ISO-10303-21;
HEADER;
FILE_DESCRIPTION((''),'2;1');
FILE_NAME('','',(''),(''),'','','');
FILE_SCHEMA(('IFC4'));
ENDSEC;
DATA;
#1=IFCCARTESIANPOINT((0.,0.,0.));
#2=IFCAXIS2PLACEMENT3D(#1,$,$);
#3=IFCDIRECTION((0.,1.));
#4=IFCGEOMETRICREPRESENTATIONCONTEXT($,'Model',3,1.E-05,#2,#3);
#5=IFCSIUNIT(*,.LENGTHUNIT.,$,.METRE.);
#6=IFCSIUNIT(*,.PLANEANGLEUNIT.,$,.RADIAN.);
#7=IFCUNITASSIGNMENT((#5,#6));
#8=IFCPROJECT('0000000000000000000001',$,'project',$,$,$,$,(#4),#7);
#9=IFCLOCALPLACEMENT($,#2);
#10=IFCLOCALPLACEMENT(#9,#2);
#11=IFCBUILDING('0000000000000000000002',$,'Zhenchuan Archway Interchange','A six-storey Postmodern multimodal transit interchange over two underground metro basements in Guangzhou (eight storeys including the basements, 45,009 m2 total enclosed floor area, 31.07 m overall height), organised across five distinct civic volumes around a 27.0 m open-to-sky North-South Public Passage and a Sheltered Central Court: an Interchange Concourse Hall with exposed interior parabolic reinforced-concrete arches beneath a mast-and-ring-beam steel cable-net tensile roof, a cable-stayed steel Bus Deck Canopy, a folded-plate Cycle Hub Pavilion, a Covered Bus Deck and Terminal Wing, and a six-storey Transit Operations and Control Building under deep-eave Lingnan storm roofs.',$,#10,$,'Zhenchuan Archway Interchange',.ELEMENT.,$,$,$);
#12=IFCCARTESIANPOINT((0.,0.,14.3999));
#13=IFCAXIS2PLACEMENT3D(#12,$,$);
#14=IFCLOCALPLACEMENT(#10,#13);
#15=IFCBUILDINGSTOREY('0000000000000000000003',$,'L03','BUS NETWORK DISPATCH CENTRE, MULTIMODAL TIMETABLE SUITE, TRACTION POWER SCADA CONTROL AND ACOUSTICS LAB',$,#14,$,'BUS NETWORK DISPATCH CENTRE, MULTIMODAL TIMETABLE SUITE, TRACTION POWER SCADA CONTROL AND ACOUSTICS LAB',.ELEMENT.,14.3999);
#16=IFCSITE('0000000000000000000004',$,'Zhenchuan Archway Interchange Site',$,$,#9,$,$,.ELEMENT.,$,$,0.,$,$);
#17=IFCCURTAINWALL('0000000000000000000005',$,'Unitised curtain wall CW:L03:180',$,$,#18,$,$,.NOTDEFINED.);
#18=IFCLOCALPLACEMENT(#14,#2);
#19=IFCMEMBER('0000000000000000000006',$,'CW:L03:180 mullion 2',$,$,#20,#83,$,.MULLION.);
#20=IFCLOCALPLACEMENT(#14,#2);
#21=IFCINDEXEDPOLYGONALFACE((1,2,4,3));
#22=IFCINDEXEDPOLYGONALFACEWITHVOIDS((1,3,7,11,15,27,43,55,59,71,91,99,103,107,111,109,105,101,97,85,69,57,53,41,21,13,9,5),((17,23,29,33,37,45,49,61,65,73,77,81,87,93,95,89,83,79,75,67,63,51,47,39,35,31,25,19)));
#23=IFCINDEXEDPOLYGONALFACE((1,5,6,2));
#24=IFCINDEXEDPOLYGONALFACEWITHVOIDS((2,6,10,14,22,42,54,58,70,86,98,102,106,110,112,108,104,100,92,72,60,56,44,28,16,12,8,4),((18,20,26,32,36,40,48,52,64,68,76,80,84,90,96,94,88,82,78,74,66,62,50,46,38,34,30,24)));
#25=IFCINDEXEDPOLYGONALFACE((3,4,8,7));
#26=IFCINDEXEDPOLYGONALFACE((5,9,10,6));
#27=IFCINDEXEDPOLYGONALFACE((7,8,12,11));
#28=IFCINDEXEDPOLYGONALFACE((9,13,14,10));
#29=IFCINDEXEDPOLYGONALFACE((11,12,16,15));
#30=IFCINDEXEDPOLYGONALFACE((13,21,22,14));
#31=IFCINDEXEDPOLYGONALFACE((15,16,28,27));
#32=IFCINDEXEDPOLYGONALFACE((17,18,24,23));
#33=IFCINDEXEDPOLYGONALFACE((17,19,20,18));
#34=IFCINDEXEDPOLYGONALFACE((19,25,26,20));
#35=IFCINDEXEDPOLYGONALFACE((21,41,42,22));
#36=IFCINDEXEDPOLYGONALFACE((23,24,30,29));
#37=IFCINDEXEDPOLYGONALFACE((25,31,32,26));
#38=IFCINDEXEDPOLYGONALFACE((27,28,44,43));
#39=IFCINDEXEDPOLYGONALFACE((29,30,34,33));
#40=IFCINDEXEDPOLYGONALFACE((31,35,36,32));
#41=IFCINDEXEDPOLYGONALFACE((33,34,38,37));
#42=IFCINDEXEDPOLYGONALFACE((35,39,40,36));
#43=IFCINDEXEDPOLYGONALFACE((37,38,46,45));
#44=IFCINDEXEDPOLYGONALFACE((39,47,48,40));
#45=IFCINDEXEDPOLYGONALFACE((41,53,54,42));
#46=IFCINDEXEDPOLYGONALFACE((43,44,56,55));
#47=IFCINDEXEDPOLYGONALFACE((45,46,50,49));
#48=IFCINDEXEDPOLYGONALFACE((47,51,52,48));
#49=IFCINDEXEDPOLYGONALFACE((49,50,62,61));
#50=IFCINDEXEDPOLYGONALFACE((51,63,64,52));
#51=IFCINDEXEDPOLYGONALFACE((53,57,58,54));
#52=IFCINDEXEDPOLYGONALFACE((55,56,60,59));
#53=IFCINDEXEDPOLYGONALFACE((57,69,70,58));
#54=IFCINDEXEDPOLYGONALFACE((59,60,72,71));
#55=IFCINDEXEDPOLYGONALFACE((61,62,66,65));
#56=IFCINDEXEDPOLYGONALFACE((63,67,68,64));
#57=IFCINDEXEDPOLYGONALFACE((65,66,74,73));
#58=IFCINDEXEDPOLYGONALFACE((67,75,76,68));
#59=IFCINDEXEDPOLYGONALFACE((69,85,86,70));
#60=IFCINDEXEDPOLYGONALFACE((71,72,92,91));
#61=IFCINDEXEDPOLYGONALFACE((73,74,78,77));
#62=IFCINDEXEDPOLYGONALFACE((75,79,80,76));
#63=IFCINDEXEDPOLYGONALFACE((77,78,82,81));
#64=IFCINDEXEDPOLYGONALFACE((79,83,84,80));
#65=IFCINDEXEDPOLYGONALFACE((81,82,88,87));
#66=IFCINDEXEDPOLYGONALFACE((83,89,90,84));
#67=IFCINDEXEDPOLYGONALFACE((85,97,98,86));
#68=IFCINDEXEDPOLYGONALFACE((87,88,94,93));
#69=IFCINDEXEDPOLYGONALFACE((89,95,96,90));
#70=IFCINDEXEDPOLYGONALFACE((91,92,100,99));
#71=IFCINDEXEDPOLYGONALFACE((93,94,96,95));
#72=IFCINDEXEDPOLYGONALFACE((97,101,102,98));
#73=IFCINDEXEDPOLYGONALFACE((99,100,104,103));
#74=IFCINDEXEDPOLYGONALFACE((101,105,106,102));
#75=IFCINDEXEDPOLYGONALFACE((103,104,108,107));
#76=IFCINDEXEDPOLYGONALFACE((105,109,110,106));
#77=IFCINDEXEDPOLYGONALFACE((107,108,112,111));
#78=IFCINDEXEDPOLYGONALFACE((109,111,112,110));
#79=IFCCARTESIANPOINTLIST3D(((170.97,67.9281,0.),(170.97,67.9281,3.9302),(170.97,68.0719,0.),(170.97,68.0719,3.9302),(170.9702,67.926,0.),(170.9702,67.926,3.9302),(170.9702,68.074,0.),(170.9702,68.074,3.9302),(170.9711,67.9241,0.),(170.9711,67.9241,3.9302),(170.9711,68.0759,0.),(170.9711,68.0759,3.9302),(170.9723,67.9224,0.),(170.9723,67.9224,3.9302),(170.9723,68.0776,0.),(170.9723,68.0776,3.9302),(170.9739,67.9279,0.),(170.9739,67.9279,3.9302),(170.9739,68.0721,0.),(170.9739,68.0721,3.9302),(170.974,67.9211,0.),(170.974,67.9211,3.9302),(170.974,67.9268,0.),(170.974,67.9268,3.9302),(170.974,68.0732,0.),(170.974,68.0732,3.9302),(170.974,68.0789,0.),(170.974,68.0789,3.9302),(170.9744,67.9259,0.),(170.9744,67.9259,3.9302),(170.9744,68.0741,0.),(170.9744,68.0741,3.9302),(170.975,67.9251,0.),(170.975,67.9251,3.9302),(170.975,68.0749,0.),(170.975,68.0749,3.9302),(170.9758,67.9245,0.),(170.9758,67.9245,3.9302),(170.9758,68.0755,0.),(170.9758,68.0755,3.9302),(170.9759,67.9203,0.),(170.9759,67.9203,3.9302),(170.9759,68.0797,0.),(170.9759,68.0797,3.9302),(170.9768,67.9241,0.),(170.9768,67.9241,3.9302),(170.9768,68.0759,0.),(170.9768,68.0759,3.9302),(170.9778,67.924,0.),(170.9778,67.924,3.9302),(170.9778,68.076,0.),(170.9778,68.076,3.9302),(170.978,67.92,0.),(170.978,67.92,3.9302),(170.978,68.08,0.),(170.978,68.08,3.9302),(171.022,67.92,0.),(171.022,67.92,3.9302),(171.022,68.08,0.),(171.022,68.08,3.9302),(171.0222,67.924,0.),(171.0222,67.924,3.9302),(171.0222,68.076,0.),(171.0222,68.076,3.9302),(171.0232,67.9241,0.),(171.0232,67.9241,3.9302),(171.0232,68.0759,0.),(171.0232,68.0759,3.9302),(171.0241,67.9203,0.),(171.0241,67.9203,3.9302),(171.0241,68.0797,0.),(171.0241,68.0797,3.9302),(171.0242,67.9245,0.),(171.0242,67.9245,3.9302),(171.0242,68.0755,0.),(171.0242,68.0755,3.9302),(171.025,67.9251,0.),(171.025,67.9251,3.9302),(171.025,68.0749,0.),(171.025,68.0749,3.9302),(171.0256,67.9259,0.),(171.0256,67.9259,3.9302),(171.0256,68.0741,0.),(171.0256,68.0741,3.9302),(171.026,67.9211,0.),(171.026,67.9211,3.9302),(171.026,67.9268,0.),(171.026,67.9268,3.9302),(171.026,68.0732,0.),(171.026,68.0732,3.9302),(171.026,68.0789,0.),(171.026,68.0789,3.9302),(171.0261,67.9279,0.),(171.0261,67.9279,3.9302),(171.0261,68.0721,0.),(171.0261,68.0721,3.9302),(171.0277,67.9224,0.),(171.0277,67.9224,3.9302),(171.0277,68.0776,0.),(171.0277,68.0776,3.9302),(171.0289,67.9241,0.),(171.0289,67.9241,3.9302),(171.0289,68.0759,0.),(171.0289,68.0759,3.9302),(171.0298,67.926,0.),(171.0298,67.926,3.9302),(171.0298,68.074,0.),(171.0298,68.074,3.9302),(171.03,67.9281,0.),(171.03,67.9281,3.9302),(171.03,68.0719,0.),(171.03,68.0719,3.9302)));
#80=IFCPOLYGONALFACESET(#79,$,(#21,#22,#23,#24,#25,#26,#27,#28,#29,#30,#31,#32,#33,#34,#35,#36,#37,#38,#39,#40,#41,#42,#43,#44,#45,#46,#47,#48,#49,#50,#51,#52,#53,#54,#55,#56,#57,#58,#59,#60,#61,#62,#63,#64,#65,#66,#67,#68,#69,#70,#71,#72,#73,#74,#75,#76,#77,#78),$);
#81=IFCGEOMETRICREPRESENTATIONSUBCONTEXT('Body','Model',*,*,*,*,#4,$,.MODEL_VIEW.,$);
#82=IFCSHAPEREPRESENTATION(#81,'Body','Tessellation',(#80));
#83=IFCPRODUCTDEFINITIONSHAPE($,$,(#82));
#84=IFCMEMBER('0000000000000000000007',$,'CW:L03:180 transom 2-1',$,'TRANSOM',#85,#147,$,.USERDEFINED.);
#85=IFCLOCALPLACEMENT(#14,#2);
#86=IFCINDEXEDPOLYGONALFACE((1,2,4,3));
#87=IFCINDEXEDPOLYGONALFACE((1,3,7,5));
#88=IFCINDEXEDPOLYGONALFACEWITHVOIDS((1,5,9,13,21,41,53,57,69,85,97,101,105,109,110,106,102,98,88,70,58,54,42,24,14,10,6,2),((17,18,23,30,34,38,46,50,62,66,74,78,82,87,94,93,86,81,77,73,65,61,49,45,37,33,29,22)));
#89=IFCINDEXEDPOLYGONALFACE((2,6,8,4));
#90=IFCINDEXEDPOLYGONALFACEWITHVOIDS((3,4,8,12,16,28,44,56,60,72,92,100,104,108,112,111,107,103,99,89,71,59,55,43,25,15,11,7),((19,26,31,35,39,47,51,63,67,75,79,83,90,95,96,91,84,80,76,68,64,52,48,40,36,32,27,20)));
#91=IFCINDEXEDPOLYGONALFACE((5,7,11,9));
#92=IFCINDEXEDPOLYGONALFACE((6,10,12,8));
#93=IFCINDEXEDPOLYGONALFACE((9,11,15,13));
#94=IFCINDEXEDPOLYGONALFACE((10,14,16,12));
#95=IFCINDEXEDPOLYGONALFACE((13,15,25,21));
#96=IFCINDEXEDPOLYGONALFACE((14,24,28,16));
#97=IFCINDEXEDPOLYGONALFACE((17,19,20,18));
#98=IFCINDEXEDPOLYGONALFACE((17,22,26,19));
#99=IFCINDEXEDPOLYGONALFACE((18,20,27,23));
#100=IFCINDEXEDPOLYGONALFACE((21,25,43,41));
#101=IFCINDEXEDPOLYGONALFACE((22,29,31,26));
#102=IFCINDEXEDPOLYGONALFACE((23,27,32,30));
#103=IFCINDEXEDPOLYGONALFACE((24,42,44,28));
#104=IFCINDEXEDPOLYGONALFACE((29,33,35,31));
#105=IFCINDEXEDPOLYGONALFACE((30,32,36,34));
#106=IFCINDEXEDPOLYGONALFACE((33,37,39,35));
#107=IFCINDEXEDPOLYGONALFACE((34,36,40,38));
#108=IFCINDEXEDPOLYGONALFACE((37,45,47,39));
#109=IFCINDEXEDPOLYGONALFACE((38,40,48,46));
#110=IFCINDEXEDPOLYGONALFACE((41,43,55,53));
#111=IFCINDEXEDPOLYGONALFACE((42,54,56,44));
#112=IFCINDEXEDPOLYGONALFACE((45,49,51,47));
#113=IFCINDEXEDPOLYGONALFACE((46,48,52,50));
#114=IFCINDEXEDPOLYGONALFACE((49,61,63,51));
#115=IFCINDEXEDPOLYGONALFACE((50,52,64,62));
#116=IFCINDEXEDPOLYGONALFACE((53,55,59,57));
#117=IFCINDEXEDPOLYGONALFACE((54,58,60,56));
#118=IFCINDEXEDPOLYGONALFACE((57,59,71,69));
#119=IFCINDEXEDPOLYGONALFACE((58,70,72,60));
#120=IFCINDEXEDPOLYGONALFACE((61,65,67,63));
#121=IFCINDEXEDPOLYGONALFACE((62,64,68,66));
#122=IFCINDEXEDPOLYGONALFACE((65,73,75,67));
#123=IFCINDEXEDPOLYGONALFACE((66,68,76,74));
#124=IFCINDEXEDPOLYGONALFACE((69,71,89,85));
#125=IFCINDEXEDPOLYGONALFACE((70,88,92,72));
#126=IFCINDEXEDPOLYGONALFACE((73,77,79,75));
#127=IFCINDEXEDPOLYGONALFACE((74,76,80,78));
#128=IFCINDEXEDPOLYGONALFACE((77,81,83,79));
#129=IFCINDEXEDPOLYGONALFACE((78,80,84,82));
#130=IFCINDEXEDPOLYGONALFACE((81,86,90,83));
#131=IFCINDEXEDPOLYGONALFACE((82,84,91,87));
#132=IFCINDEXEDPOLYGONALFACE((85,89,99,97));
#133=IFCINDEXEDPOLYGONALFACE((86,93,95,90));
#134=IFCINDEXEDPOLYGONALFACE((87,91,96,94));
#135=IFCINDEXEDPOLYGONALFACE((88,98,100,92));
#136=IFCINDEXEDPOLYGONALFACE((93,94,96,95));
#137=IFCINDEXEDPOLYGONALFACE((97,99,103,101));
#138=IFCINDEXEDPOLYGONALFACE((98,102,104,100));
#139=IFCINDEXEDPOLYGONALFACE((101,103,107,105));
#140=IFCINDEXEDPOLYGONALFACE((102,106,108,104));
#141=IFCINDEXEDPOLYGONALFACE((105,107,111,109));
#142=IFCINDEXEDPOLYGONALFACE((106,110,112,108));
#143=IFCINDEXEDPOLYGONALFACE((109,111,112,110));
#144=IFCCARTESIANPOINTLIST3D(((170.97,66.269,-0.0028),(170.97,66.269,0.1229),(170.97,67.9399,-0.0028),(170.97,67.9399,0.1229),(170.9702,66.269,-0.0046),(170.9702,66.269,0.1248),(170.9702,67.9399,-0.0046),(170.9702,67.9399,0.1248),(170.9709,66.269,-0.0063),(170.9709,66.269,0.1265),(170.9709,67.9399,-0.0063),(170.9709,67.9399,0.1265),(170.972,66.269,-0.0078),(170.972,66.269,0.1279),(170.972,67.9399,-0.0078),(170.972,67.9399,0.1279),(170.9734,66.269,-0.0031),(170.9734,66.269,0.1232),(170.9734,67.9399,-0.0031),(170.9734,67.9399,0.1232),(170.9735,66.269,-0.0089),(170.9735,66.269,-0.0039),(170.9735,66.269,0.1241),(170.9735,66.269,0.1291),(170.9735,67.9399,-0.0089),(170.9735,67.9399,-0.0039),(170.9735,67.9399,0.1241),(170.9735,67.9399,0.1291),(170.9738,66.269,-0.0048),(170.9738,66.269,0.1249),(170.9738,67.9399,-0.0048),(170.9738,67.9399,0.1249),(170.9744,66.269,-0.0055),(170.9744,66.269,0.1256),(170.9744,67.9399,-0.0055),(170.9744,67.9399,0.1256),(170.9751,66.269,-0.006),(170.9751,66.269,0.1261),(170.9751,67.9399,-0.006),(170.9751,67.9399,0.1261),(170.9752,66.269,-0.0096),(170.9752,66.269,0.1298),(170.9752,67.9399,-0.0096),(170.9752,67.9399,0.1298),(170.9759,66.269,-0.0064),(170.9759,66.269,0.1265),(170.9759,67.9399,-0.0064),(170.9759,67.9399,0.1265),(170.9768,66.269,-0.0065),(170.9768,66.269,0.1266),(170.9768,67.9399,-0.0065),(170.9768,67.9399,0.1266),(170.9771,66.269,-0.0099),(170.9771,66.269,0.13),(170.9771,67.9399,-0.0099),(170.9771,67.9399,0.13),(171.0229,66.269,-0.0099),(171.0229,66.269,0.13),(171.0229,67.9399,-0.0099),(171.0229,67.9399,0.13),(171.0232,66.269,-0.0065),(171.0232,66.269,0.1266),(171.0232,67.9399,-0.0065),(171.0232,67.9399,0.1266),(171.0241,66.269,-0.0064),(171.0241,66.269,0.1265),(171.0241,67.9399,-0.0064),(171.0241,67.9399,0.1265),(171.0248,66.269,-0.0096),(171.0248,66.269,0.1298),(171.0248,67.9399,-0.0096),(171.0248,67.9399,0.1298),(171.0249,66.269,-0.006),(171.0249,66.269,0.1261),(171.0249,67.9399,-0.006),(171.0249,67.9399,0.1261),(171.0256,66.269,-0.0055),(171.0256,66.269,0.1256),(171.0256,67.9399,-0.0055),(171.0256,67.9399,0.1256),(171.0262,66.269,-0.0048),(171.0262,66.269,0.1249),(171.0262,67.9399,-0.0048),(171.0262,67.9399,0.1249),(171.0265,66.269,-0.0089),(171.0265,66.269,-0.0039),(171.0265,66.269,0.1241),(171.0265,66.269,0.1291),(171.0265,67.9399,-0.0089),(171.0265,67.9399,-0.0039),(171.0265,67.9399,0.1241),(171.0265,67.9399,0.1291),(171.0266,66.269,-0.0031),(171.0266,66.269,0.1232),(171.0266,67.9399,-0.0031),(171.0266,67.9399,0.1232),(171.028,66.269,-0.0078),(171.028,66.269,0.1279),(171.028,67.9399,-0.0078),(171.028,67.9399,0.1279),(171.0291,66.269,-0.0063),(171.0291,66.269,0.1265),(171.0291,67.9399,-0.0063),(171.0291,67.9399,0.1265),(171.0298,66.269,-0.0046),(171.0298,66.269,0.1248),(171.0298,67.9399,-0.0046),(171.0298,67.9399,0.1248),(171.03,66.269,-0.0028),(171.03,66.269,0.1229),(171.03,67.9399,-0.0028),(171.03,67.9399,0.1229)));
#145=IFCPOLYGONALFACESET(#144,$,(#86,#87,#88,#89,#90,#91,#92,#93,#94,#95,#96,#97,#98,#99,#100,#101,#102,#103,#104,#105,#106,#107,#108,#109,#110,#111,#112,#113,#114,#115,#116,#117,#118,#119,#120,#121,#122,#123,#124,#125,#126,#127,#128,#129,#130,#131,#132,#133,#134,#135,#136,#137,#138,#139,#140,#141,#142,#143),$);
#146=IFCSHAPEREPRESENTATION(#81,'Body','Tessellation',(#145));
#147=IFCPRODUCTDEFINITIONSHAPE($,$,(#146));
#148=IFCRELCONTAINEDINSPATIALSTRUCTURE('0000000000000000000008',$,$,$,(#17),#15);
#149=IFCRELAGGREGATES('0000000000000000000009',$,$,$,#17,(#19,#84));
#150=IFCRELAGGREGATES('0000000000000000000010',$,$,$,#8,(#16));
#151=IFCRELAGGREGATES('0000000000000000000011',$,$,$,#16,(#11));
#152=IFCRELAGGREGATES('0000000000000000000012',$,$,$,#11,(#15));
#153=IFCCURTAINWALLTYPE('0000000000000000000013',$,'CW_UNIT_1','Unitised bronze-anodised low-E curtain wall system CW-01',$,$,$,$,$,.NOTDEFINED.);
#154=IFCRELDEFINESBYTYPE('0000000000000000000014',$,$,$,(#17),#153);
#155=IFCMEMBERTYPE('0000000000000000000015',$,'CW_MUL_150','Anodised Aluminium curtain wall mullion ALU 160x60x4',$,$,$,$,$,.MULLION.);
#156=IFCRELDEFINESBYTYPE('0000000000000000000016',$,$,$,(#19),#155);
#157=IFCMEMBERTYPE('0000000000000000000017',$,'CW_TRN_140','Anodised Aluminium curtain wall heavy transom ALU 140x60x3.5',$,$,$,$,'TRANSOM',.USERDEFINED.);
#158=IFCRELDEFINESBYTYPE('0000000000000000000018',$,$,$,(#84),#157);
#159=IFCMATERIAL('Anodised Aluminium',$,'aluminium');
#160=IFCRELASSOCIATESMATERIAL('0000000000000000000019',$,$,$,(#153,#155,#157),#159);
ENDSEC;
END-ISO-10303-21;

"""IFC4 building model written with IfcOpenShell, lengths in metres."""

from ifc_helpers import new_model, si_unit, direction, frame, origin, origin_2d, place, context, subcontext, project, spatial, hollow_rectangle, extrude, material, material_profile, profile_set, type_object, element, aggregate, save


model = new_model("IFC4")

# Units and contexts
model_context = context("Model", 3, precision=1e-05, world=origin(), true_north=direction((0.0, 1.0)))
body_context = subcontext(model_context, "Body", "Model", "MODEL_VIEW")
ifc_project = project(units=[si_unit("LENGTHUNIT", "METRE"), si_unit("PLANEANGLEUNIT", "RADIAN")], contexts=[model_context])

# Site, building, storey
site_placement = place(None, origin())
site = spatial("IfcSite", under=ifc_project, at=site_placement, Name="Zhenchuan Archway Interchange Site", CompositionType="ELEMENT", RefElevation=0.0)
building_placement = place(site_placement, origin())
building = spatial("IfcBuilding", under=site, at=building_placement, Name="Zhenchuan Archway Interchange", Description="A six-storey Postmodern multimodal transit interchange over two underground metro basements in Guangzhou (eight storeys including the basements, 45,009 m2 total enclosed floor area, 31.07 m overall height), organised across five distinct civic volumes around a 27.0 m open-to-sky North-South Public Passage and a Sheltered Central Court: an Interchange Concourse Hall with exposed interior parabolic reinforced-concrete arches beneath a mast-and-ring-beam steel cable-net tensile roof, a cable-stayed steel Bus Deck Canopy, a folded-plate Cycle Hub Pavilion, a Covered Bus Deck and Terminal Wing, and a six-storey Transit Operations and Control Building under deep-eave Lingnan storm roofs.", LongName="Zhenchuan Archway Interchange", CompositionType="ELEMENT")
storey_placement = place(building_placement, frame((0.0, 0.0, 14.3999)))
storey = spatial("IfcBuildingStorey", under=building, at=storey_placement, Name="L03", Description="BUS NETWORK DISPATCH CENTRE, MULTIMODAL TIMETABLE SUITE, TRACTION POWER SCADA CONTROL AND ACOUSTICS LAB", LongName="BUS NETWORK DISPATCH CENTRE, MULTIMODAL TIMETABLE SUITE, TRACTION POWER SCADA CONTROL AND ACOUSTICS LAB", CompositionType="ELEMENT", Elevation=14.3999)

# Curtain wall, members
ifc_material_1 = material(Name="Anodised Aluminium", Category="aluminium")
curtain_wall_type_1 = type_object("IfcCurtainWallType", Name="CW_UNIT_1", Description="Unitised bronze-anodised low-E curtain wall system CW-01", PredefinedType="NOTDEFINED", material=ifc_material_1)
curtain_wall_1_placement = place(storey_placement, origin())
curtain_wall_1 = element("IfcCurtainWall", 1, at=curtain_wall_1_placement, inside=storey, type_object=curtain_wall_type_1, Name="Unitised curtain wall CW:L03:180", PredefinedType="NOTDEFINED")
ifc_material_profile_1 = material_profile(ifc_material_1, hollow_rectangle(XDim=0.0601, YDim=0.1599, WallThickness=0.0039, InnerFilletRadius=0.0039, OuterFilletRadius=0.0081, at=origin_2d()), Name="ALU 160x60x4")
ifc_profile_set_1 = profile_set([ifc_material_profile_1], Name="Anodised Aluminium")
member_type_1 = type_object("IfcMemberType", Name="CW_MUL_150", Description="Anodised Aluminium curtain wall mullion ALU 160x60x4", PredefinedType="MULLION", material=ifc_profile_set_1)
member_1_placement = place(storey_placement, frame((171.0, 68.0, 0.0), z_axis=(0.0, 0.0, 1.0), x_axis=(1.0, 0.0, 0.0)))
member_1 = element("IfcMember", 2, at=member_1_placement, type_object=member_type_1, Name="CW:L03:180 mullion 2", PredefinedType="MULLION", context=body_context, shape_type="SweptSolid", body=[
    extrude(hollow_rectangle(XDim=0.0601, YDim=0.1599, WallThickness=0.0039, InnerFilletRadius=0.0039, OuterFilletRadius=0.0081, at=origin_2d()), origin(), (0.0, 0.0, 1.0), 3.9302),
])
ifc_material_profile_2 = material_profile(ifc_material_1, hollow_rectangle(XDim=0.0601, YDim=0.1399, WallThickness=0.0034, InnerFilletRadius=0.0034, OuterFilletRadius=0.0071, at=origin_2d()), Name="ALU 140x60x3.5")
ifc_profile_set_2 = profile_set([ifc_material_profile_2], Name="Anodised Aluminium")
member_type_2 = type_object("IfcMemberType", Name="CW_TRN_140", Description="Anodised Aluminium curtain wall heavy transom ALU 140x60x3.5", ElementType="TRANSOM", PredefinedType="USERDEFINED", material=ifc_profile_set_2)
member_2_placement = place(storey_placement, frame((171.0, 67.9399, 0.0601), z_axis=(0.0, -1.0, 0.0), x_axis=(1.0, 0.0, 0.0)))
member_2 = element("IfcMember", 3, at=member_2_placement, type_object=member_type_2, Name="CW:L03:180 transom 2-1", ObjectType="TRANSOM", PredefinedType="USERDEFINED", context=body_context, shape_type="SweptSolid", body=[
    extrude(hollow_rectangle(XDim=0.0601, YDim=0.1399, WallThickness=0.0034, InnerFilletRadius=0.0034, OuterFilletRadius=0.0071, at=origin_2d()), origin(), (0.0, 0.0, 1.0), 1.6709),
])

aggregate(curtain_wall_1, [member_1, member_2])

save(model, "model.ifc")
